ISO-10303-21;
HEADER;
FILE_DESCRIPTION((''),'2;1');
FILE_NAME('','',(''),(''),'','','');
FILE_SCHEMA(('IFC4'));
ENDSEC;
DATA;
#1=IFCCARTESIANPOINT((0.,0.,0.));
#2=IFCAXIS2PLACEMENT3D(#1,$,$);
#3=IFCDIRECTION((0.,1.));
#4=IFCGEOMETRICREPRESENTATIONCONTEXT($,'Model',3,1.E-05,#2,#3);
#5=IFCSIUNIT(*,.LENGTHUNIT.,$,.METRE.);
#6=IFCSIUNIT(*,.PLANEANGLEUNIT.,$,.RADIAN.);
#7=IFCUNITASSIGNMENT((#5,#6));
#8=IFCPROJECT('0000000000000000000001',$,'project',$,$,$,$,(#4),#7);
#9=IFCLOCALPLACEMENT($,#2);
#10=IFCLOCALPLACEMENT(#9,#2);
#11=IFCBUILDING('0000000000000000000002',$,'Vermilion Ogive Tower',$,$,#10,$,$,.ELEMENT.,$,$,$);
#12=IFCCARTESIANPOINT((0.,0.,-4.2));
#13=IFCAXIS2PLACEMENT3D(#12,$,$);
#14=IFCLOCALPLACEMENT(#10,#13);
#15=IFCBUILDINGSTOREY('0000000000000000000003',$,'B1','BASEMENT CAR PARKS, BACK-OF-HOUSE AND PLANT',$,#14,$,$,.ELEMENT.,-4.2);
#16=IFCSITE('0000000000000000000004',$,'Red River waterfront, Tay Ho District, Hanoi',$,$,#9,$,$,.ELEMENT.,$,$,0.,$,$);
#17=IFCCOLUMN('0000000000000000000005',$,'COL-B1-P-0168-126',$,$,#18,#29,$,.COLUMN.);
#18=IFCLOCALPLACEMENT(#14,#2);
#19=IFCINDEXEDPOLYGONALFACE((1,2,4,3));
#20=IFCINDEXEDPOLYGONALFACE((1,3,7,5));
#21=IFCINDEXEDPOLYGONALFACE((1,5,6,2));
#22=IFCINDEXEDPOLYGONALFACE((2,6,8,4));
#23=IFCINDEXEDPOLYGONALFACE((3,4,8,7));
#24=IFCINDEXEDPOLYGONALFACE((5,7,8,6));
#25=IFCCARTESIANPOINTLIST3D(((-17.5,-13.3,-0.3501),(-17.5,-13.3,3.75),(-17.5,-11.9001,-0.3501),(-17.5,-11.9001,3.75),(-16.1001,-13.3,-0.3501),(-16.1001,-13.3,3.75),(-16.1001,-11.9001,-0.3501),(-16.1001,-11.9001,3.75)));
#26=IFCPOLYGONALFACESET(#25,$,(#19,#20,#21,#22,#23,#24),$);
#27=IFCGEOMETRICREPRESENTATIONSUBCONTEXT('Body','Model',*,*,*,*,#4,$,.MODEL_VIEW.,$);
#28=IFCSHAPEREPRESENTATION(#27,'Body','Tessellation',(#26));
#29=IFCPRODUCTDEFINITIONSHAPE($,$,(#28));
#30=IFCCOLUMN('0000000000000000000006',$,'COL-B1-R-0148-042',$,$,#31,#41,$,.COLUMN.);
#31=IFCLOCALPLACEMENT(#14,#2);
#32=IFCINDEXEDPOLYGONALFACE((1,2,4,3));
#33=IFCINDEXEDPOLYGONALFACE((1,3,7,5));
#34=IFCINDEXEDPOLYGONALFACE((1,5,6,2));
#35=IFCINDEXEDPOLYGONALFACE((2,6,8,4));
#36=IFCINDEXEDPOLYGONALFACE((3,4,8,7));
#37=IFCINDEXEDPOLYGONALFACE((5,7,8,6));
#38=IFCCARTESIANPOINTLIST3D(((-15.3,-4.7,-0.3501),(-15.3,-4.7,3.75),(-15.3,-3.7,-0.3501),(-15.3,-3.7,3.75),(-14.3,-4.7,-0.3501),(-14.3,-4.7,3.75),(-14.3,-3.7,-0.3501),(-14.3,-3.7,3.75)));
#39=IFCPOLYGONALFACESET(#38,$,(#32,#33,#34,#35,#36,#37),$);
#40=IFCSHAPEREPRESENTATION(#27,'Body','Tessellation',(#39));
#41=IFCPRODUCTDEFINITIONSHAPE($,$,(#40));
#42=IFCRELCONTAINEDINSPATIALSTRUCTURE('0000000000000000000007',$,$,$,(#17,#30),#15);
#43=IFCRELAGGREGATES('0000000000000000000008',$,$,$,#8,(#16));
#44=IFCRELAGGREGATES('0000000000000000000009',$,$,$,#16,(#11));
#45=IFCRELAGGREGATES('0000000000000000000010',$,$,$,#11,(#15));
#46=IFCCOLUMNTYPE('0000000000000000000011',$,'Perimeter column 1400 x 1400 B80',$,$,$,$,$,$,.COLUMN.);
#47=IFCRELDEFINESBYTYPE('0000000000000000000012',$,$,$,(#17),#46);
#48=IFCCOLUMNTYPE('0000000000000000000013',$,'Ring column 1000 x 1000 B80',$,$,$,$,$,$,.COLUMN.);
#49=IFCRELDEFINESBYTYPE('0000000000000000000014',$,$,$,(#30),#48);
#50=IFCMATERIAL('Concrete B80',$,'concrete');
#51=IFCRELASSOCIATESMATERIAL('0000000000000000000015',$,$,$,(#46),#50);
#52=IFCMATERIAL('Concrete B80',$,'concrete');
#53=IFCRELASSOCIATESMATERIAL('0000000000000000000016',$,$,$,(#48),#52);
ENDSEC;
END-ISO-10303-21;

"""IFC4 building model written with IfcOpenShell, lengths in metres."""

from ifc_helpers import new_model, si_unit, direction, frame, origin, origin_2d, place, context, subcontext, project, spatial, rectangle, extrude, material, material_profile, profile_set, type_object, element, save


model = new_model("IFC4")

# Units and contexts
model_context = context("Model", 3, precision=1e-05, world=origin(), true_north=direction((0.0, 1.0)))
body_context = subcontext(model_context, "Body", "Model", "MODEL_VIEW")
ifc_project = project(units=[si_unit("LENGTHUNIT", "METRE"), si_unit("PLANEANGLEUNIT", "RADIAN")], contexts=[model_context])

# Site, building, storey
site_placement = place(None, origin())
site = spatial("IfcSite", under=ifc_project, at=site_placement, Name="Red River waterfront, Tay Ho District, Hanoi", CompositionType="ELEMENT", RefElevation=0.0)
building_placement = place(site_placement, origin())
building = spatial("IfcBuilding", under=site, at=building_placement, Name="Vermilion Ogive Tower", CompositionType="ELEMENT")
storey_placement = place(building_placement, frame((0.0, 0.0, -4.2)))
storey = spatial("IfcBuildingStorey", under=building, at=storey_placement, Name="B1", Description="BASEMENT CAR PARKS, BACK-OF-HOUSE AND PLANT", CompositionType="ELEMENT", Elevation=-4.2)

# Columns
ifc_material_1 = material(Name="Concrete B80", Category="concrete")
ifc_material_profile_1 = material_profile(ifc_material_1, rectangle(XDim=1.3999, YDim=1.3999, at=origin_2d()), Name="1400 x 1400")
ifc_profile_set_1 = profile_set([ifc_material_profile_1], Name="Concrete B80")
column_type_1 = type_object("IfcColumnType", Name="Perimeter column 1400 x 1400 B80", PredefinedType="COLUMN", material=ifc_profile_set_1)
column_1_placement = place(storey_placement, frame((-16.8, -12.6001, -0.3501), z_axis=(0.0, 0.0, 1.0), x_axis=(1.0, 0.0, 0.0)))
element("IfcColumn", 1, at=column_1_placement, inside=storey, type_object=column_type_1, Name="COL-B1-P-0168-126", PredefinedType="COLUMN", context=body_context, shape_type="SweptSolid", body=[
    extrude(rectangle(XDim=1.3999, YDim=1.3999, at=origin_2d()), origin(), (0.0, 0.0, 1.0), 4.1001),
])
ifc_material_2 = material(Name="Concrete B80", Category="concrete")
ifc_material_profile_2 = material_profile(ifc_material_2, rectangle(XDim=1.0, YDim=1.0, at=origin_2d()), Name="1000 x 1000")
ifc_profile_set_2 = profile_set([ifc_material_profile_2], Name="Concrete B80")
column_type_2 = type_object("IfcColumnType", Name="Ring column 1000 x 1000 B80", PredefinedType="COLUMN", material=ifc_profile_set_2)
column_2_placement = place(storey_placement, frame((-14.8, -4.2, -0.3501), z_axis=(0.0, 0.0, 1.0), x_axis=(1.0, 0.0, 0.0)))
element("IfcColumn", 2, at=column_2_placement, inside=storey, type_object=column_type_2, Name="COL-B1-R-0148-042", PredefinedType="COLUMN", context=body_context, shape_type="SweptSolid", body=[
    extrude(rectangle(XDim=1.0, YDim=1.0, at=origin_2d()), origin(), (0.0, 0.0, 1.0), 4.1001),
])

save(model, "model.ifc")
